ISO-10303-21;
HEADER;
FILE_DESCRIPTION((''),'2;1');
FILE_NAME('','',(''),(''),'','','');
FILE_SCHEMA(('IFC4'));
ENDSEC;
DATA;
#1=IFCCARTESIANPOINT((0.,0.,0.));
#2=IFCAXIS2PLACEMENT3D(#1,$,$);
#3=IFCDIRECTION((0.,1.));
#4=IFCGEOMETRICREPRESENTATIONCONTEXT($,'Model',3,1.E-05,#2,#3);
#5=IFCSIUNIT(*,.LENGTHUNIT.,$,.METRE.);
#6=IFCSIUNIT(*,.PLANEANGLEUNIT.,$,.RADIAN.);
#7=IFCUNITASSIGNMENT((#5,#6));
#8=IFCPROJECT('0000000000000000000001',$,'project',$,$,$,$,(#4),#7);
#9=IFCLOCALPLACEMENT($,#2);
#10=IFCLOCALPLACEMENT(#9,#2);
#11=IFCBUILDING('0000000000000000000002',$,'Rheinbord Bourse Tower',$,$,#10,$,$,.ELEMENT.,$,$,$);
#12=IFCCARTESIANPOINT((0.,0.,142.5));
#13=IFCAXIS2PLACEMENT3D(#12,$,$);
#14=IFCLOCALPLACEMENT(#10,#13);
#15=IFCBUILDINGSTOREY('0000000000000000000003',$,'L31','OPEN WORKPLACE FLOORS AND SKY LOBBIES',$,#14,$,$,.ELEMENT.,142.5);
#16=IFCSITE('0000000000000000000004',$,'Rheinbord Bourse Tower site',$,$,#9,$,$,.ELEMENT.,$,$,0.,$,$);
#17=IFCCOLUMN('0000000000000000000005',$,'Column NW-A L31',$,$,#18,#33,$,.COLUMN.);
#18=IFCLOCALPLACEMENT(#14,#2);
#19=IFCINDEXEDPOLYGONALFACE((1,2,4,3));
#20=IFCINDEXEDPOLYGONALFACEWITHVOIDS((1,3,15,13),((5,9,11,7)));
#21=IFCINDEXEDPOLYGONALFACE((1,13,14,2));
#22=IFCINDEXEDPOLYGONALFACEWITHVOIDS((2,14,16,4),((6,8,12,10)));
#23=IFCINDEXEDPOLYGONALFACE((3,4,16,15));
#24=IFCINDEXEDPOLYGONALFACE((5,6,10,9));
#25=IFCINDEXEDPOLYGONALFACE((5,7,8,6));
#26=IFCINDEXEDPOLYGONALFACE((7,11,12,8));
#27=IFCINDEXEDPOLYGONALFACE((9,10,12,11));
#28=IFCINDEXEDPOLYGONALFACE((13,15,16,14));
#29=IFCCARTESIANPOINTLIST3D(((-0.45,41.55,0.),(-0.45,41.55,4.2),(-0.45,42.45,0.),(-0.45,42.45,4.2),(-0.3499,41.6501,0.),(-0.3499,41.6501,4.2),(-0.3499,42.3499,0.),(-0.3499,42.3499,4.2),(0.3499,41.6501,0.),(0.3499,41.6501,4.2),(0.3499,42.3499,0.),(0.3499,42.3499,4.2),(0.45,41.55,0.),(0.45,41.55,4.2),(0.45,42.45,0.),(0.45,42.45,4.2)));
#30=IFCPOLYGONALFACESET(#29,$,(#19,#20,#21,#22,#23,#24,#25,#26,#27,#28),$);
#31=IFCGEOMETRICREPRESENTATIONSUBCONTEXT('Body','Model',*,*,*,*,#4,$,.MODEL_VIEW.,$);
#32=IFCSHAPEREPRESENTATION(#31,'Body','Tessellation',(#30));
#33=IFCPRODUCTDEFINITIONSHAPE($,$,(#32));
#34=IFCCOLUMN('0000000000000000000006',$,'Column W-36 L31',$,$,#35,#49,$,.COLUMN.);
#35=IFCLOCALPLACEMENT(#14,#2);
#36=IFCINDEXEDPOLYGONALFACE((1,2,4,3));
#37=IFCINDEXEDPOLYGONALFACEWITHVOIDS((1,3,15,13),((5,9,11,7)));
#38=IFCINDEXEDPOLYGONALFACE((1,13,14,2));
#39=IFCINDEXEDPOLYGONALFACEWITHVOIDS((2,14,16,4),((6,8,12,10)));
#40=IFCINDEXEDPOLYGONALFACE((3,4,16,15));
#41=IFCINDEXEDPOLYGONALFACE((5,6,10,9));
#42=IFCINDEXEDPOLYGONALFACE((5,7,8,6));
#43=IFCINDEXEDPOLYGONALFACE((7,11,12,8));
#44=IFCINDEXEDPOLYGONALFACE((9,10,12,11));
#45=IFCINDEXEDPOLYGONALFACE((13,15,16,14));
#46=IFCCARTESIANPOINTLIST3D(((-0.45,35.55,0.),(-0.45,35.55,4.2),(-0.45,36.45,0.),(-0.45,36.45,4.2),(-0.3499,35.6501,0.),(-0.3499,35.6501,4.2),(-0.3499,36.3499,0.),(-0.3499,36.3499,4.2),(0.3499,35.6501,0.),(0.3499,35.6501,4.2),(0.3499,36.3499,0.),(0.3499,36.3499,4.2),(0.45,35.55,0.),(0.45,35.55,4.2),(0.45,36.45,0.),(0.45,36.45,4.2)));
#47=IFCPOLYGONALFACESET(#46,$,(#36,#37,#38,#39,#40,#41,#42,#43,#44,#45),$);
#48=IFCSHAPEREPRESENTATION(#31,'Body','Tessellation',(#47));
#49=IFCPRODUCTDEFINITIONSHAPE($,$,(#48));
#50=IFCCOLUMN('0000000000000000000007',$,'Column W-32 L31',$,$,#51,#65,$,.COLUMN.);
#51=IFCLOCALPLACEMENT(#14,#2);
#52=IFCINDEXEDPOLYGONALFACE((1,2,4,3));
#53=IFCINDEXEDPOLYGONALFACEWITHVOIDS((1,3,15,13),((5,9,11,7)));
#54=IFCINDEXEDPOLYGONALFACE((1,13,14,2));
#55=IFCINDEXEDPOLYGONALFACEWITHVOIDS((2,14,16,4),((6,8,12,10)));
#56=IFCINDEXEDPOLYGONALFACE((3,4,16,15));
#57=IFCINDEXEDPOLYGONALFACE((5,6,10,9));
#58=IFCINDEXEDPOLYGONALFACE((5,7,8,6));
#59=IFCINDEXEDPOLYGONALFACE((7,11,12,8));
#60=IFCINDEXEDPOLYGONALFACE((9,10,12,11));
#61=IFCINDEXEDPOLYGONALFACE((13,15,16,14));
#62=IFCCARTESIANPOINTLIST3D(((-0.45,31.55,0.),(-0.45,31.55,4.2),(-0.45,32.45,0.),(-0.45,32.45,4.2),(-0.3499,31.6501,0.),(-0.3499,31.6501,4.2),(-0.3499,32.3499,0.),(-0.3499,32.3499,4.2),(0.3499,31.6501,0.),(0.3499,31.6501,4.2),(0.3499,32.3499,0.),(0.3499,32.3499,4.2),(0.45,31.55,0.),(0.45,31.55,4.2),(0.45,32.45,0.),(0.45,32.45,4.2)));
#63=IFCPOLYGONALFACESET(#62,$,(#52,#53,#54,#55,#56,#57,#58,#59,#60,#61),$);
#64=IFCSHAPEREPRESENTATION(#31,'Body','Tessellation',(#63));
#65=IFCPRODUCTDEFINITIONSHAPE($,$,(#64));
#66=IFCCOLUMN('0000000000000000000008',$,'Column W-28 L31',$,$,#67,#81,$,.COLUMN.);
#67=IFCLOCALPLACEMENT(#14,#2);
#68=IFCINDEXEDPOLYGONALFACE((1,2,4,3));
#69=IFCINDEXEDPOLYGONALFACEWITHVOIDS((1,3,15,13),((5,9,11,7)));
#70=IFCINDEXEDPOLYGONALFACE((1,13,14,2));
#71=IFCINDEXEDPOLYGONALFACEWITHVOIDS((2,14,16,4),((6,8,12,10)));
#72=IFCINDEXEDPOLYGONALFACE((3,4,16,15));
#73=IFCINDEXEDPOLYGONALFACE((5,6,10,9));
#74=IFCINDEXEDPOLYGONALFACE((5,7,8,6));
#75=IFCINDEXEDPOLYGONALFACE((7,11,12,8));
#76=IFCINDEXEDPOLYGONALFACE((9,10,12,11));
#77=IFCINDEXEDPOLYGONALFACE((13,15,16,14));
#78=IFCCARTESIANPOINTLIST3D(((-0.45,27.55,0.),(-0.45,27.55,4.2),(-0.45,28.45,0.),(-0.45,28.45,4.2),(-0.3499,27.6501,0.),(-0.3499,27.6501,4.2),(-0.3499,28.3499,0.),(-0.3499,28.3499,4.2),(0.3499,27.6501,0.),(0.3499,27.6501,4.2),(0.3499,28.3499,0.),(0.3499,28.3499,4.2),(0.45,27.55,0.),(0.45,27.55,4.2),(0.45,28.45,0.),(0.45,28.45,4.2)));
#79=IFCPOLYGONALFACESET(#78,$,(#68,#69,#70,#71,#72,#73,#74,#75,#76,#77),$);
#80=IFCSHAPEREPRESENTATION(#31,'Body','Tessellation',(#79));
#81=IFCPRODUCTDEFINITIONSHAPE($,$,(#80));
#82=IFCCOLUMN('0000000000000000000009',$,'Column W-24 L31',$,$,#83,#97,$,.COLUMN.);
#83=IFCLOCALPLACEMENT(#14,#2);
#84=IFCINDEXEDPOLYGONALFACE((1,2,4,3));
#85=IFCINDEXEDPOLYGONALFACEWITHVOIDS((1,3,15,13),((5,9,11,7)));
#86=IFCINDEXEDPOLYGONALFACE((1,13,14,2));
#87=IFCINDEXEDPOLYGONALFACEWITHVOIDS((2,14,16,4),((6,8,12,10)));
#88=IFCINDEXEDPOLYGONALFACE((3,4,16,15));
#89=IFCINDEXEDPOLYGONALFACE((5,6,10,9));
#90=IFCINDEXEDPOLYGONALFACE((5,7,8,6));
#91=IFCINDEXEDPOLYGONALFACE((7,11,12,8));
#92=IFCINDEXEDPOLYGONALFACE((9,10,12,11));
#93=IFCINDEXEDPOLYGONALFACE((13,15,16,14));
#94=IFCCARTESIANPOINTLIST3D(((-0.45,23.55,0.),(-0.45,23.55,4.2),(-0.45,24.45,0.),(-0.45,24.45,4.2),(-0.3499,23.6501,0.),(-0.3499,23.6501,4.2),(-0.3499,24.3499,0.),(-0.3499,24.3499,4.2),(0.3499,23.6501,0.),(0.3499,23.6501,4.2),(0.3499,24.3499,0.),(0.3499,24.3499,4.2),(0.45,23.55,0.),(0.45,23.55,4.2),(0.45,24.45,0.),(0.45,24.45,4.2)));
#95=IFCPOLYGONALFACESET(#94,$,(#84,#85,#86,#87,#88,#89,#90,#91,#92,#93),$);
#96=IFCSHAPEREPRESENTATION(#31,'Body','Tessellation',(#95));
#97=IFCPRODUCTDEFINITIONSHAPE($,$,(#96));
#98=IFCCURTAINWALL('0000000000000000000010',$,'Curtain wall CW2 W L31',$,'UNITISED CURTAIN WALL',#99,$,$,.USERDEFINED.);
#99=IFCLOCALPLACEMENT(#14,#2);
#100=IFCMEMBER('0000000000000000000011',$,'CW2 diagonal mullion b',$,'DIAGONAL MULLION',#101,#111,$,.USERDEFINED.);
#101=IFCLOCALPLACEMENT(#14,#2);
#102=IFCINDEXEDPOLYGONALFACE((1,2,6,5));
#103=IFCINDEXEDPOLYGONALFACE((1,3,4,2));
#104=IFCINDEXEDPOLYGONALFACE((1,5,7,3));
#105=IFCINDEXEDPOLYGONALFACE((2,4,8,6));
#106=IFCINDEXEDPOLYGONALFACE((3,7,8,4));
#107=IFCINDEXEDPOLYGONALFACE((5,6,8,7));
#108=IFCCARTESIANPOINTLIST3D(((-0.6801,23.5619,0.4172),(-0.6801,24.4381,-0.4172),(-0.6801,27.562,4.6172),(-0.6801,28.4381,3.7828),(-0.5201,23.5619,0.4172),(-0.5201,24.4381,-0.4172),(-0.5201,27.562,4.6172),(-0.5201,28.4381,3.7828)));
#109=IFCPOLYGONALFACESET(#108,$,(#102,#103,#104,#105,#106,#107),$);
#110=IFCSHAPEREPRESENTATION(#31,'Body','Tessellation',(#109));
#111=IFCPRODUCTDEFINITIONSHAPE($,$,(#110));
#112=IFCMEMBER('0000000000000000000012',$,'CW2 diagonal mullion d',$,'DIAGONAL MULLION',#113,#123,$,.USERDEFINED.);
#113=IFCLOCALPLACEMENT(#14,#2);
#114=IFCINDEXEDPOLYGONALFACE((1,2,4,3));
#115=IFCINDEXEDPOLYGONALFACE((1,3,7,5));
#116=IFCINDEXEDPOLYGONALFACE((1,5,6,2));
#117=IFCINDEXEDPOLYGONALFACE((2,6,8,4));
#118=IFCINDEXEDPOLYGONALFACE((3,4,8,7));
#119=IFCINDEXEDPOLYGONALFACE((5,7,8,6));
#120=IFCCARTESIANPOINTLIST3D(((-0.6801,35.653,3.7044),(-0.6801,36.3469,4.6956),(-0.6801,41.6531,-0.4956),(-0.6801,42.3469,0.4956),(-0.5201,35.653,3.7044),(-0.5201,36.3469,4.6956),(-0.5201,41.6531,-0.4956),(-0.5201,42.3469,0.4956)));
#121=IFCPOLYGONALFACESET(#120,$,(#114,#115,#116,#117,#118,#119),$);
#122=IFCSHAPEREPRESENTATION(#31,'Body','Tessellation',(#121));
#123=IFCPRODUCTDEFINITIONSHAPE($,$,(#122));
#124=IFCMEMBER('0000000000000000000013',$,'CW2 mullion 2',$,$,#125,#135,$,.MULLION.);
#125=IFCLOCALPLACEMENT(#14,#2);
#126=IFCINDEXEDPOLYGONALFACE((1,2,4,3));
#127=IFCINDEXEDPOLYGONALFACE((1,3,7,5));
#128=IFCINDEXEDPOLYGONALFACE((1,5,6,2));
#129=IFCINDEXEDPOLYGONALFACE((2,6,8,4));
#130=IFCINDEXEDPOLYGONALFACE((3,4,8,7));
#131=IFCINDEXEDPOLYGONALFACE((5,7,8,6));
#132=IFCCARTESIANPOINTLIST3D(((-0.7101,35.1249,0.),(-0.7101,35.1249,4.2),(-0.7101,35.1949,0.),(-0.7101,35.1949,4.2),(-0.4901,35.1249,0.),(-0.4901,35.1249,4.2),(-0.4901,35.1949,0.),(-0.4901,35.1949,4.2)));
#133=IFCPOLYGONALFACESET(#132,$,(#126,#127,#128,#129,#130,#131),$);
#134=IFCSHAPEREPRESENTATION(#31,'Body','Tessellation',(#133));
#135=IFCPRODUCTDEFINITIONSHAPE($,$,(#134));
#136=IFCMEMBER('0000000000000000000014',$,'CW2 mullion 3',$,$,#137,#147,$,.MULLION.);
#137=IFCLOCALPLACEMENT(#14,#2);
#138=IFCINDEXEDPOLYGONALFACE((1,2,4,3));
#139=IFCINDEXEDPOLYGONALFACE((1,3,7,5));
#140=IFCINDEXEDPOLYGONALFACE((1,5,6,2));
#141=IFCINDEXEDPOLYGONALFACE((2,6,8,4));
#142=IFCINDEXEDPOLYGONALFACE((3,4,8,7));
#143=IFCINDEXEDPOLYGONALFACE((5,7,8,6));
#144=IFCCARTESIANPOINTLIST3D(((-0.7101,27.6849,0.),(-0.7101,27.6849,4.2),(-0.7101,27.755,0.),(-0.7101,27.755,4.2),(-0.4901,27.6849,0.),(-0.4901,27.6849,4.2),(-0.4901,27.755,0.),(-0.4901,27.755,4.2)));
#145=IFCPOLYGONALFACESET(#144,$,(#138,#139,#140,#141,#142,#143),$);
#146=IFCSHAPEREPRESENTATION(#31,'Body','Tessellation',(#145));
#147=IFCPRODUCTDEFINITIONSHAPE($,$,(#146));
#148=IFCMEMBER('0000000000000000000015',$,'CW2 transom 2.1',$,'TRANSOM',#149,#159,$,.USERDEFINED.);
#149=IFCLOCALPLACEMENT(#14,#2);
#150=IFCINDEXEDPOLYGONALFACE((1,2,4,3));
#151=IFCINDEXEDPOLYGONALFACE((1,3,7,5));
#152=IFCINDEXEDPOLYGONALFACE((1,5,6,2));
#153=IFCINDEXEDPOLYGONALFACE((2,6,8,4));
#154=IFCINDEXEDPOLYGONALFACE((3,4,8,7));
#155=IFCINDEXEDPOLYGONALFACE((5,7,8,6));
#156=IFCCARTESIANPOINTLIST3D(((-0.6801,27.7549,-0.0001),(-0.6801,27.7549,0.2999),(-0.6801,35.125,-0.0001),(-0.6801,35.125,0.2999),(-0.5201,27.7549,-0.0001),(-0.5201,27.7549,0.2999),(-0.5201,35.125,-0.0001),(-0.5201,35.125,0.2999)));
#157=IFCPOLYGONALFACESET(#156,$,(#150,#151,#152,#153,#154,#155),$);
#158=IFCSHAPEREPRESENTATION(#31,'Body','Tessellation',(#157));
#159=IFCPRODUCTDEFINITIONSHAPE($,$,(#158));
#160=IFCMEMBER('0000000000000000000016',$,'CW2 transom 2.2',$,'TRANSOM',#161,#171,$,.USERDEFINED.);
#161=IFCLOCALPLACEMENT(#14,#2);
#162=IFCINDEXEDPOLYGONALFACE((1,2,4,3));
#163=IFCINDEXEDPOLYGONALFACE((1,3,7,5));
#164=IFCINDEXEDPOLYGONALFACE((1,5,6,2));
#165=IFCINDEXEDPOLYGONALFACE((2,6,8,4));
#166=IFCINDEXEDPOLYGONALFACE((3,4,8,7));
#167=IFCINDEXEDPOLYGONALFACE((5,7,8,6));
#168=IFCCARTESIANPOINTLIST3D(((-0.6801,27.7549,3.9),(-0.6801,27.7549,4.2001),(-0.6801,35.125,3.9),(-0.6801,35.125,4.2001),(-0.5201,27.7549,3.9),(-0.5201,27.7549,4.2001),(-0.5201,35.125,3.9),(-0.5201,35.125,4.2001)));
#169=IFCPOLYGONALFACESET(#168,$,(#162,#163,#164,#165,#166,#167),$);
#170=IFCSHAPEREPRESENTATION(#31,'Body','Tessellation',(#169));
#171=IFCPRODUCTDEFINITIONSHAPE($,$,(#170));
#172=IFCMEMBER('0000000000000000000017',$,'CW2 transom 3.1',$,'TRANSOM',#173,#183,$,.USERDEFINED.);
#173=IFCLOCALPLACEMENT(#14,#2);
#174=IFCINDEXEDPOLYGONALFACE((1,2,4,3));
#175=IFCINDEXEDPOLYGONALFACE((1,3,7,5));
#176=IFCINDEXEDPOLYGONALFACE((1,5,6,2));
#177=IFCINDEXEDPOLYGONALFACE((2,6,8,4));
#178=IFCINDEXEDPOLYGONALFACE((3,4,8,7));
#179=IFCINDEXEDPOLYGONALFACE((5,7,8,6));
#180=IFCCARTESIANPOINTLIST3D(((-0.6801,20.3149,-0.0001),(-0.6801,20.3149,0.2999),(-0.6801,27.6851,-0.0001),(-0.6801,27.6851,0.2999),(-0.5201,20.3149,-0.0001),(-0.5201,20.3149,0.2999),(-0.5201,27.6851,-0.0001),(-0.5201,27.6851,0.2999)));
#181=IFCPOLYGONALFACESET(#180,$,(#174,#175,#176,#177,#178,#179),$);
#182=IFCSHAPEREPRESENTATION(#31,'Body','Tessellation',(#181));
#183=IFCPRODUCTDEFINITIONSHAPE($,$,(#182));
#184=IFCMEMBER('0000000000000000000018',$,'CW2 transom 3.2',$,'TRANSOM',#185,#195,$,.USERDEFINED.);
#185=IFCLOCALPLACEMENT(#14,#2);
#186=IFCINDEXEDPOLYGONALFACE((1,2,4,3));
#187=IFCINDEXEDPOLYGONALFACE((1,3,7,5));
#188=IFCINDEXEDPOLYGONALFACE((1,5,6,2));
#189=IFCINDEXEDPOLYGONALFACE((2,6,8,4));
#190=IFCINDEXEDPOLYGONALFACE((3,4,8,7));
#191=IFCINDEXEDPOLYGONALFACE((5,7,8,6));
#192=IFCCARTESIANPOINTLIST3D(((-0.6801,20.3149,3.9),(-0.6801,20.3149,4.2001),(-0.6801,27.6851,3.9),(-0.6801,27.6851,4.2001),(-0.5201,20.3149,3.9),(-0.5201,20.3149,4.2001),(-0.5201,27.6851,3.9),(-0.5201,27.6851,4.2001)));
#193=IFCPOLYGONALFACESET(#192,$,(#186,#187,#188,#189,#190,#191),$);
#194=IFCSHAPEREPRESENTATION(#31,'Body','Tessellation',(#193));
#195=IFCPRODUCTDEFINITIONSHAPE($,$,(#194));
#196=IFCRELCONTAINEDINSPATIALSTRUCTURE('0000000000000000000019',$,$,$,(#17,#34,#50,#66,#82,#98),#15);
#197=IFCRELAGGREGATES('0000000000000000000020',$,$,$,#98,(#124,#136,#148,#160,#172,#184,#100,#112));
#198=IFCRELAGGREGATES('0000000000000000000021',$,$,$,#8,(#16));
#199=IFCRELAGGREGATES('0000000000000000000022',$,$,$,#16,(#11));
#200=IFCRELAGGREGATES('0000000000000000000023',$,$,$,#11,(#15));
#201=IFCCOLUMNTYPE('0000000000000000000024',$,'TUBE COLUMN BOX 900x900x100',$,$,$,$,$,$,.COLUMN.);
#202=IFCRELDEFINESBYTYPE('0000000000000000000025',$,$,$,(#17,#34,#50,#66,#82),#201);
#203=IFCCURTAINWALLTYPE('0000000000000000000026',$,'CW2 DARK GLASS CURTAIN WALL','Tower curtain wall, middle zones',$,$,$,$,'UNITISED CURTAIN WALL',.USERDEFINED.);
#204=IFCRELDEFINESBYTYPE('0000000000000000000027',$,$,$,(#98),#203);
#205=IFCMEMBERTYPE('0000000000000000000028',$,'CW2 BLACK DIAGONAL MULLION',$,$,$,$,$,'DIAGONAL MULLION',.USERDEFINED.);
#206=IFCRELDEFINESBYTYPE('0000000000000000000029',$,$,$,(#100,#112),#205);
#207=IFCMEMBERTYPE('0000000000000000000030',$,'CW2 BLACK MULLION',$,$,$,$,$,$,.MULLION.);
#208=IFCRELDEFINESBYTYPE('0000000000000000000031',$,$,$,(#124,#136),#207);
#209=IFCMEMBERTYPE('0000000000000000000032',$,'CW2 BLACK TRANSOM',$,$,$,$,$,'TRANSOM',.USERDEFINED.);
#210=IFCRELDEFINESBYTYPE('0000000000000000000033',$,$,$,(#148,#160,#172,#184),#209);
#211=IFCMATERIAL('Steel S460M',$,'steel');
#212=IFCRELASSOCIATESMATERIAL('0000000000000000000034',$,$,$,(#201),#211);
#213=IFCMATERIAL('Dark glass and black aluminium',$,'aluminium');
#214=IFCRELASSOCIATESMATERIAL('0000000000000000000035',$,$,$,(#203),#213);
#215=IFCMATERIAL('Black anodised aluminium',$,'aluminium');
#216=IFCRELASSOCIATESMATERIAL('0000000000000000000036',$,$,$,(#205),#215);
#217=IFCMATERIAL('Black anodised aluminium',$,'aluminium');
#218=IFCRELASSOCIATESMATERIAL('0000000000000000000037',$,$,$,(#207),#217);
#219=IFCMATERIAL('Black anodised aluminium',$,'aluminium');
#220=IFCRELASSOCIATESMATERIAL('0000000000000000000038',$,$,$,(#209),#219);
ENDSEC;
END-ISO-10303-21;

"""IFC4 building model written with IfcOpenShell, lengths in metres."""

from ifc_helpers import new_model, si_unit, direction, frame, origin, origin_2d, place, context, subcontext, project, spatial, rectangle, hollow_rectangle, extrude, material, material_profile, profile_set, type_object, element, aggregate, save


model = new_model("IFC4")

# Units and contexts
model_context = context("Model", 3, precision=1e-05, world=origin(), true_north=direction((0.0, 1.0)))
body_context = subcontext(model_context, "Body", "Model", "MODEL_VIEW")
ifc_project = project(units=[si_unit("LENGTHUNIT", "METRE"), si_unit("PLANEANGLEUNIT", "RADIAN")], contexts=[model_context])

# Site, building, storey
site_placement = place(None, origin())
site = spatial("IfcSite", under=ifc_project, at=site_placement, Name="Rheinbord Bourse Tower site", CompositionType="ELEMENT", RefElevation=0.0)
building_placement = place(site_placement, origin())
building = spatial("IfcBuilding", under=site, at=building_placement, Name="Rheinbord Bourse Tower", CompositionType="ELEMENT")
storey_placement = place(building_placement, frame((0.0, 0.0, 142.5)))
storey = spatial("IfcBuildingStorey", under=building, at=storey_placement, Name="L31", Description="OPEN WORKPLACE FLOORS AND SKY LOBBIES", CompositionType="ELEMENT", Elevation=142.5)

# Columns
ifc_material_1 = material(Name="Steel S460M", Category="steel")
ifc_material_profile_1 = material_profile(ifc_material_1, hollow_rectangle(XDim=0.8999, YDim=0.8999, WallThickness=0.1001, at=origin_2d()), Name="BOX 900x900x100")
ifc_profile_set_1 = profile_set([ifc_material_profile_1], Name="Steel S460M")
column_type = type_object("IfcColumnType", Name="TUBE COLUMN BOX 900x900x100", PredefinedType="COLUMN", material=ifc_profile_set_1)
for number, where, z_axis, x_axis, name in (
    (1, (0.0, 42.0, 0.0), (0.0, 0.0, 1.0), (1.0, 0.0, 0.0), "Column NW-A L31"),
    (2, (0.0, 36.0, 0.0), (0.0, 0.0, 1.0), (1.0, 0.0, 0.0), "Column W-36 L31"),
    (3, (0.0, 32.0, 0.0), (0.0, 0.0, 1.0), (1.0, 0.0, 0.0), "Column W-32 L31"),
    (4, (0.0, 28.0, 0.0), (0.0, 0.0, 1.0), (1.0, 0.0, 0.0), "Column W-28 L31"),
    (5, (0.0, 24.0, 0.0), (0.0, 0.0, 1.0), (1.0, 0.0, 0.0), "Column W-24 L31"),
):
    element("IfcColumn", number, at=place(storey_placement, frame(where, z_axis=z_axis, x_axis=x_axis)), inside=storey, type_object=column_type, Name=name, PredefinedType="COLUMN", context=body_context, shape_type="SweptSolid", body=[
        extrude(hollow_rectangle(XDim=0.8999, YDim=0.8999, WallThickness=0.1001, at=origin_2d()), origin(), (0.0, 0.0, 1.0), 4.2),
    ])

# Curtain wall, members
ifc_material_2 = material(Name="Dark glass and black aluminium", Category="aluminium")
curtain_wall_type = type_object("IfcCurtainWallType", Name="CW2 DARK GLASS CURTAIN WALL", Description="Tower curtain wall, middle zones", ElementType="UNITISED CURTAIN WALL", PredefinedType="USERDEFINED", material=ifc_material_2)
curtain_wall_placement = place(storey_placement, origin())
curtain_wall = element("IfcCurtainWall", 6, at=curtain_wall_placement, inside=storey, type_object=curtain_wall_type, Name="Curtain wall CW2 W L31", ObjectType="UNITISED CURTAIN WALL", PredefinedType="USERDEFINED")
ifc_material_3 = material(Name="Black anodised aluminium", Category="aluminium")
ifc_material_profile_2 = material_profile(ifc_material_3, rectangle(XDim=0.1599, YDim=1.21, at=origin_2d()), Name="CW2 DIAGONAL MULLION 1210x160")
ifc_profile_set_2 = profile_set([ifc_material_profile_2], Name="Black anodised aluminium")
member_type_1 = type_object("IfcMemberType", Name="CW2 BLACK DIAGONAL MULLION", ElementType="DIAGONAL MULLION", PredefinedType="USERDEFINED", material=ifc_profile_set_2)
member_1_placement = place(storey_placement, frame((-0.6001, 24.0, 0.0), z_axis=(0.0, 0.689659, 0.724134), x_axis=(-1.0, 0.0, 0.0)))
member_1 = element("IfcMember", 7, at=member_1_placement, type_object=member_type_1, Name="CW2 diagonal mullion b", ObjectType="DIAGONAL MULLION", PredefinedType="USERDEFINED", context=body_context, shape_type="SweptSolid", body=[
    extrude(rectangle(XDim=0.1599, YDim=1.21, at=origin_2d()), origin(), (0.0, 0.0, 1.0), 5.8),
])
member_2_placement = place(storey_placement, frame((-0.6001, 42.0, 0.0), z_axis=(0.0, -0.819235, 0.573458), x_axis=(1.0, 0.0, 0.0)))
member_2 = element("IfcMember", 8, at=member_2_placement, type_object=member_type_1, Name="CW2 diagonal mullion d", ObjectType="DIAGONAL MULLION", PredefinedType="USERDEFINED", context=body_context, shape_type="SweptSolid", body=[
    extrude(rectangle(XDim=0.1599, YDim=1.21, at=origin_2d()), origin(), (0.0, 0.0, 1.0), 7.324),
])
ifc_material_4 = material(Name="Black anodised aluminium", Category="aluminium")
ifc_material_profile_3 = material_profile(ifc_material_4, rectangle(XDim=0.22, YDim=0.0701, at=origin_2d()), Name="CW2 MULLION 70x220")
ifc_profile_set_3 = profile_set([ifc_material_profile_3], Name="Black anodised aluminium")
member_type_2 = type_object("IfcMemberType", Name="CW2 BLACK MULLION", PredefinedType="MULLION", material=ifc_profile_set_3)
member_3_placement = place(storey_placement, frame((-0.6001, 35.1599, 0.0), z_axis=(0.0, 0.0, 1.0), x_axis=(1.0, 0.0, 0.0)))
member_3 = element("IfcMember", 9, at=member_3_placement, type_object=member_type_2, Name="CW2 mullion 2", PredefinedType="MULLION", context=body_context, shape_type="SweptSolid", body=[
    extrude(rectangle(XDim=0.22, YDim=0.0701, at=origin_2d()), origin(), (0.0, 0.0, 1.0), 4.2),
])
member_4_placement = place(storey_placement, frame((-0.6001, 27.72, 0.0), z_axis=(0.0, 0.0, 1.0), x_axis=(1.0, 0.0, 0.0)))
member_4 = element("IfcMember", 10, at=member_4_placement, type_object=member_type_2, Name="CW2 mullion 3", PredefinedType="MULLION", context=body_context, shape_type="SweptSolid", body=[
    extrude(rectangle(XDim=0.22, YDim=0.0701, at=origin_2d()), origin(), (0.0, 0.0, 1.0), 4.2),
])
ifc_material_5 = material(Name="Black anodised aluminium", Category="aluminium")
ifc_material_profile_4 = material_profile(ifc_material_5, rectangle(XDim=0.1599, YDim=0.3, at=origin_2d()), Name="CW2 TRANSOM 300x160")
ifc_profile_set_4 = profile_set([ifc_material_profile_4], Name="Black anodised aluminium")
member_type_3 = type_object("IfcMemberType", Name="CW2 BLACK TRANSOM", ElementType="TRANSOM", PredefinedType="USERDEFINED", material=ifc_profile_set_4)
member_5_placement = place(storey_placement, frame((-0.6001, 35.125, 0.1499), z_axis=(0.0, -1.0, 0.0), x_axis=(1.0, 0.0, 0.0)))
member_5 = element("IfcMember", 11, at=member_5_placement, type_object=member_type_3, Name="CW2 transom 2.1", ObjectType="TRANSOM", PredefinedType="USERDEFINED", context=body_context, shape_type="SweptSolid", body=[
    extrude(rectangle(XDim=0.1599, YDim=0.3, at=origin_2d()), origin(), (0.0, 0.0, 1.0), 7.3701),
])
member_6_placement = place(storey_placement, frame((-0.6001, 35.125, 4.05), z_axis=(0.0, -1.0, 0.0), x_axis=(1.0, 0.0, 0.0)))
member_6 = element("IfcMember", 12, at=member_6_placement, type_object=member_type_3, Name="CW2 transom 2.2", ObjectType="TRANSOM", PredefinedType="USERDEFINED", context=body_context, shape_type="SweptSolid", body=[
    extrude(rectangle(XDim=0.1599, YDim=0.3, at=origin_2d()), origin(), (0.0, 0.0, 1.0), 7.3701),
])
member_7_placement = place(storey_placement, frame((-0.6001, 27.6851, 0.1499), z_axis=(0.0, -1.0, 0.0), x_axis=(1.0, 0.0, 0.0)))
member_7 = element("IfcMember", 13, at=member_7_placement, type_object=member_type_3, Name="CW2 transom 3.1", ObjectType="TRANSOM", PredefinedType="USERDEFINED", context=body_context, shape_type="SweptSolid", body=[
    extrude(rectangle(XDim=0.1599, YDim=0.3, at=origin_2d()), origin(), (0.0, 0.0, 1.0), 7.3701),
])
member_8_placement = place(storey_placement, frame((-0.6001, 27.6851, 4.05), z_axis=(0.0, -1.0, 0.0), x_axis=(1.0, 0.0, 0.0)))
member_8 = element("IfcMember", 14, at=member_8_placement, type_object=member_type_3, Name="CW2 transom 3.2", ObjectType="TRANSOM", PredefinedType="USERDEFINED", context=body_context, shape_type="SweptSolid", body=[
    extrude(rectangle(XDim=0.1599, YDim=0.3, at=origin_2d()), origin(), (0.0, 0.0, 1.0), 7.3701),
])

aggregate(curtain_wall, [member_3, member_4, member_5, member_6, member_7, member_8, member_1, member_2])

save(model, "model.ifc")
